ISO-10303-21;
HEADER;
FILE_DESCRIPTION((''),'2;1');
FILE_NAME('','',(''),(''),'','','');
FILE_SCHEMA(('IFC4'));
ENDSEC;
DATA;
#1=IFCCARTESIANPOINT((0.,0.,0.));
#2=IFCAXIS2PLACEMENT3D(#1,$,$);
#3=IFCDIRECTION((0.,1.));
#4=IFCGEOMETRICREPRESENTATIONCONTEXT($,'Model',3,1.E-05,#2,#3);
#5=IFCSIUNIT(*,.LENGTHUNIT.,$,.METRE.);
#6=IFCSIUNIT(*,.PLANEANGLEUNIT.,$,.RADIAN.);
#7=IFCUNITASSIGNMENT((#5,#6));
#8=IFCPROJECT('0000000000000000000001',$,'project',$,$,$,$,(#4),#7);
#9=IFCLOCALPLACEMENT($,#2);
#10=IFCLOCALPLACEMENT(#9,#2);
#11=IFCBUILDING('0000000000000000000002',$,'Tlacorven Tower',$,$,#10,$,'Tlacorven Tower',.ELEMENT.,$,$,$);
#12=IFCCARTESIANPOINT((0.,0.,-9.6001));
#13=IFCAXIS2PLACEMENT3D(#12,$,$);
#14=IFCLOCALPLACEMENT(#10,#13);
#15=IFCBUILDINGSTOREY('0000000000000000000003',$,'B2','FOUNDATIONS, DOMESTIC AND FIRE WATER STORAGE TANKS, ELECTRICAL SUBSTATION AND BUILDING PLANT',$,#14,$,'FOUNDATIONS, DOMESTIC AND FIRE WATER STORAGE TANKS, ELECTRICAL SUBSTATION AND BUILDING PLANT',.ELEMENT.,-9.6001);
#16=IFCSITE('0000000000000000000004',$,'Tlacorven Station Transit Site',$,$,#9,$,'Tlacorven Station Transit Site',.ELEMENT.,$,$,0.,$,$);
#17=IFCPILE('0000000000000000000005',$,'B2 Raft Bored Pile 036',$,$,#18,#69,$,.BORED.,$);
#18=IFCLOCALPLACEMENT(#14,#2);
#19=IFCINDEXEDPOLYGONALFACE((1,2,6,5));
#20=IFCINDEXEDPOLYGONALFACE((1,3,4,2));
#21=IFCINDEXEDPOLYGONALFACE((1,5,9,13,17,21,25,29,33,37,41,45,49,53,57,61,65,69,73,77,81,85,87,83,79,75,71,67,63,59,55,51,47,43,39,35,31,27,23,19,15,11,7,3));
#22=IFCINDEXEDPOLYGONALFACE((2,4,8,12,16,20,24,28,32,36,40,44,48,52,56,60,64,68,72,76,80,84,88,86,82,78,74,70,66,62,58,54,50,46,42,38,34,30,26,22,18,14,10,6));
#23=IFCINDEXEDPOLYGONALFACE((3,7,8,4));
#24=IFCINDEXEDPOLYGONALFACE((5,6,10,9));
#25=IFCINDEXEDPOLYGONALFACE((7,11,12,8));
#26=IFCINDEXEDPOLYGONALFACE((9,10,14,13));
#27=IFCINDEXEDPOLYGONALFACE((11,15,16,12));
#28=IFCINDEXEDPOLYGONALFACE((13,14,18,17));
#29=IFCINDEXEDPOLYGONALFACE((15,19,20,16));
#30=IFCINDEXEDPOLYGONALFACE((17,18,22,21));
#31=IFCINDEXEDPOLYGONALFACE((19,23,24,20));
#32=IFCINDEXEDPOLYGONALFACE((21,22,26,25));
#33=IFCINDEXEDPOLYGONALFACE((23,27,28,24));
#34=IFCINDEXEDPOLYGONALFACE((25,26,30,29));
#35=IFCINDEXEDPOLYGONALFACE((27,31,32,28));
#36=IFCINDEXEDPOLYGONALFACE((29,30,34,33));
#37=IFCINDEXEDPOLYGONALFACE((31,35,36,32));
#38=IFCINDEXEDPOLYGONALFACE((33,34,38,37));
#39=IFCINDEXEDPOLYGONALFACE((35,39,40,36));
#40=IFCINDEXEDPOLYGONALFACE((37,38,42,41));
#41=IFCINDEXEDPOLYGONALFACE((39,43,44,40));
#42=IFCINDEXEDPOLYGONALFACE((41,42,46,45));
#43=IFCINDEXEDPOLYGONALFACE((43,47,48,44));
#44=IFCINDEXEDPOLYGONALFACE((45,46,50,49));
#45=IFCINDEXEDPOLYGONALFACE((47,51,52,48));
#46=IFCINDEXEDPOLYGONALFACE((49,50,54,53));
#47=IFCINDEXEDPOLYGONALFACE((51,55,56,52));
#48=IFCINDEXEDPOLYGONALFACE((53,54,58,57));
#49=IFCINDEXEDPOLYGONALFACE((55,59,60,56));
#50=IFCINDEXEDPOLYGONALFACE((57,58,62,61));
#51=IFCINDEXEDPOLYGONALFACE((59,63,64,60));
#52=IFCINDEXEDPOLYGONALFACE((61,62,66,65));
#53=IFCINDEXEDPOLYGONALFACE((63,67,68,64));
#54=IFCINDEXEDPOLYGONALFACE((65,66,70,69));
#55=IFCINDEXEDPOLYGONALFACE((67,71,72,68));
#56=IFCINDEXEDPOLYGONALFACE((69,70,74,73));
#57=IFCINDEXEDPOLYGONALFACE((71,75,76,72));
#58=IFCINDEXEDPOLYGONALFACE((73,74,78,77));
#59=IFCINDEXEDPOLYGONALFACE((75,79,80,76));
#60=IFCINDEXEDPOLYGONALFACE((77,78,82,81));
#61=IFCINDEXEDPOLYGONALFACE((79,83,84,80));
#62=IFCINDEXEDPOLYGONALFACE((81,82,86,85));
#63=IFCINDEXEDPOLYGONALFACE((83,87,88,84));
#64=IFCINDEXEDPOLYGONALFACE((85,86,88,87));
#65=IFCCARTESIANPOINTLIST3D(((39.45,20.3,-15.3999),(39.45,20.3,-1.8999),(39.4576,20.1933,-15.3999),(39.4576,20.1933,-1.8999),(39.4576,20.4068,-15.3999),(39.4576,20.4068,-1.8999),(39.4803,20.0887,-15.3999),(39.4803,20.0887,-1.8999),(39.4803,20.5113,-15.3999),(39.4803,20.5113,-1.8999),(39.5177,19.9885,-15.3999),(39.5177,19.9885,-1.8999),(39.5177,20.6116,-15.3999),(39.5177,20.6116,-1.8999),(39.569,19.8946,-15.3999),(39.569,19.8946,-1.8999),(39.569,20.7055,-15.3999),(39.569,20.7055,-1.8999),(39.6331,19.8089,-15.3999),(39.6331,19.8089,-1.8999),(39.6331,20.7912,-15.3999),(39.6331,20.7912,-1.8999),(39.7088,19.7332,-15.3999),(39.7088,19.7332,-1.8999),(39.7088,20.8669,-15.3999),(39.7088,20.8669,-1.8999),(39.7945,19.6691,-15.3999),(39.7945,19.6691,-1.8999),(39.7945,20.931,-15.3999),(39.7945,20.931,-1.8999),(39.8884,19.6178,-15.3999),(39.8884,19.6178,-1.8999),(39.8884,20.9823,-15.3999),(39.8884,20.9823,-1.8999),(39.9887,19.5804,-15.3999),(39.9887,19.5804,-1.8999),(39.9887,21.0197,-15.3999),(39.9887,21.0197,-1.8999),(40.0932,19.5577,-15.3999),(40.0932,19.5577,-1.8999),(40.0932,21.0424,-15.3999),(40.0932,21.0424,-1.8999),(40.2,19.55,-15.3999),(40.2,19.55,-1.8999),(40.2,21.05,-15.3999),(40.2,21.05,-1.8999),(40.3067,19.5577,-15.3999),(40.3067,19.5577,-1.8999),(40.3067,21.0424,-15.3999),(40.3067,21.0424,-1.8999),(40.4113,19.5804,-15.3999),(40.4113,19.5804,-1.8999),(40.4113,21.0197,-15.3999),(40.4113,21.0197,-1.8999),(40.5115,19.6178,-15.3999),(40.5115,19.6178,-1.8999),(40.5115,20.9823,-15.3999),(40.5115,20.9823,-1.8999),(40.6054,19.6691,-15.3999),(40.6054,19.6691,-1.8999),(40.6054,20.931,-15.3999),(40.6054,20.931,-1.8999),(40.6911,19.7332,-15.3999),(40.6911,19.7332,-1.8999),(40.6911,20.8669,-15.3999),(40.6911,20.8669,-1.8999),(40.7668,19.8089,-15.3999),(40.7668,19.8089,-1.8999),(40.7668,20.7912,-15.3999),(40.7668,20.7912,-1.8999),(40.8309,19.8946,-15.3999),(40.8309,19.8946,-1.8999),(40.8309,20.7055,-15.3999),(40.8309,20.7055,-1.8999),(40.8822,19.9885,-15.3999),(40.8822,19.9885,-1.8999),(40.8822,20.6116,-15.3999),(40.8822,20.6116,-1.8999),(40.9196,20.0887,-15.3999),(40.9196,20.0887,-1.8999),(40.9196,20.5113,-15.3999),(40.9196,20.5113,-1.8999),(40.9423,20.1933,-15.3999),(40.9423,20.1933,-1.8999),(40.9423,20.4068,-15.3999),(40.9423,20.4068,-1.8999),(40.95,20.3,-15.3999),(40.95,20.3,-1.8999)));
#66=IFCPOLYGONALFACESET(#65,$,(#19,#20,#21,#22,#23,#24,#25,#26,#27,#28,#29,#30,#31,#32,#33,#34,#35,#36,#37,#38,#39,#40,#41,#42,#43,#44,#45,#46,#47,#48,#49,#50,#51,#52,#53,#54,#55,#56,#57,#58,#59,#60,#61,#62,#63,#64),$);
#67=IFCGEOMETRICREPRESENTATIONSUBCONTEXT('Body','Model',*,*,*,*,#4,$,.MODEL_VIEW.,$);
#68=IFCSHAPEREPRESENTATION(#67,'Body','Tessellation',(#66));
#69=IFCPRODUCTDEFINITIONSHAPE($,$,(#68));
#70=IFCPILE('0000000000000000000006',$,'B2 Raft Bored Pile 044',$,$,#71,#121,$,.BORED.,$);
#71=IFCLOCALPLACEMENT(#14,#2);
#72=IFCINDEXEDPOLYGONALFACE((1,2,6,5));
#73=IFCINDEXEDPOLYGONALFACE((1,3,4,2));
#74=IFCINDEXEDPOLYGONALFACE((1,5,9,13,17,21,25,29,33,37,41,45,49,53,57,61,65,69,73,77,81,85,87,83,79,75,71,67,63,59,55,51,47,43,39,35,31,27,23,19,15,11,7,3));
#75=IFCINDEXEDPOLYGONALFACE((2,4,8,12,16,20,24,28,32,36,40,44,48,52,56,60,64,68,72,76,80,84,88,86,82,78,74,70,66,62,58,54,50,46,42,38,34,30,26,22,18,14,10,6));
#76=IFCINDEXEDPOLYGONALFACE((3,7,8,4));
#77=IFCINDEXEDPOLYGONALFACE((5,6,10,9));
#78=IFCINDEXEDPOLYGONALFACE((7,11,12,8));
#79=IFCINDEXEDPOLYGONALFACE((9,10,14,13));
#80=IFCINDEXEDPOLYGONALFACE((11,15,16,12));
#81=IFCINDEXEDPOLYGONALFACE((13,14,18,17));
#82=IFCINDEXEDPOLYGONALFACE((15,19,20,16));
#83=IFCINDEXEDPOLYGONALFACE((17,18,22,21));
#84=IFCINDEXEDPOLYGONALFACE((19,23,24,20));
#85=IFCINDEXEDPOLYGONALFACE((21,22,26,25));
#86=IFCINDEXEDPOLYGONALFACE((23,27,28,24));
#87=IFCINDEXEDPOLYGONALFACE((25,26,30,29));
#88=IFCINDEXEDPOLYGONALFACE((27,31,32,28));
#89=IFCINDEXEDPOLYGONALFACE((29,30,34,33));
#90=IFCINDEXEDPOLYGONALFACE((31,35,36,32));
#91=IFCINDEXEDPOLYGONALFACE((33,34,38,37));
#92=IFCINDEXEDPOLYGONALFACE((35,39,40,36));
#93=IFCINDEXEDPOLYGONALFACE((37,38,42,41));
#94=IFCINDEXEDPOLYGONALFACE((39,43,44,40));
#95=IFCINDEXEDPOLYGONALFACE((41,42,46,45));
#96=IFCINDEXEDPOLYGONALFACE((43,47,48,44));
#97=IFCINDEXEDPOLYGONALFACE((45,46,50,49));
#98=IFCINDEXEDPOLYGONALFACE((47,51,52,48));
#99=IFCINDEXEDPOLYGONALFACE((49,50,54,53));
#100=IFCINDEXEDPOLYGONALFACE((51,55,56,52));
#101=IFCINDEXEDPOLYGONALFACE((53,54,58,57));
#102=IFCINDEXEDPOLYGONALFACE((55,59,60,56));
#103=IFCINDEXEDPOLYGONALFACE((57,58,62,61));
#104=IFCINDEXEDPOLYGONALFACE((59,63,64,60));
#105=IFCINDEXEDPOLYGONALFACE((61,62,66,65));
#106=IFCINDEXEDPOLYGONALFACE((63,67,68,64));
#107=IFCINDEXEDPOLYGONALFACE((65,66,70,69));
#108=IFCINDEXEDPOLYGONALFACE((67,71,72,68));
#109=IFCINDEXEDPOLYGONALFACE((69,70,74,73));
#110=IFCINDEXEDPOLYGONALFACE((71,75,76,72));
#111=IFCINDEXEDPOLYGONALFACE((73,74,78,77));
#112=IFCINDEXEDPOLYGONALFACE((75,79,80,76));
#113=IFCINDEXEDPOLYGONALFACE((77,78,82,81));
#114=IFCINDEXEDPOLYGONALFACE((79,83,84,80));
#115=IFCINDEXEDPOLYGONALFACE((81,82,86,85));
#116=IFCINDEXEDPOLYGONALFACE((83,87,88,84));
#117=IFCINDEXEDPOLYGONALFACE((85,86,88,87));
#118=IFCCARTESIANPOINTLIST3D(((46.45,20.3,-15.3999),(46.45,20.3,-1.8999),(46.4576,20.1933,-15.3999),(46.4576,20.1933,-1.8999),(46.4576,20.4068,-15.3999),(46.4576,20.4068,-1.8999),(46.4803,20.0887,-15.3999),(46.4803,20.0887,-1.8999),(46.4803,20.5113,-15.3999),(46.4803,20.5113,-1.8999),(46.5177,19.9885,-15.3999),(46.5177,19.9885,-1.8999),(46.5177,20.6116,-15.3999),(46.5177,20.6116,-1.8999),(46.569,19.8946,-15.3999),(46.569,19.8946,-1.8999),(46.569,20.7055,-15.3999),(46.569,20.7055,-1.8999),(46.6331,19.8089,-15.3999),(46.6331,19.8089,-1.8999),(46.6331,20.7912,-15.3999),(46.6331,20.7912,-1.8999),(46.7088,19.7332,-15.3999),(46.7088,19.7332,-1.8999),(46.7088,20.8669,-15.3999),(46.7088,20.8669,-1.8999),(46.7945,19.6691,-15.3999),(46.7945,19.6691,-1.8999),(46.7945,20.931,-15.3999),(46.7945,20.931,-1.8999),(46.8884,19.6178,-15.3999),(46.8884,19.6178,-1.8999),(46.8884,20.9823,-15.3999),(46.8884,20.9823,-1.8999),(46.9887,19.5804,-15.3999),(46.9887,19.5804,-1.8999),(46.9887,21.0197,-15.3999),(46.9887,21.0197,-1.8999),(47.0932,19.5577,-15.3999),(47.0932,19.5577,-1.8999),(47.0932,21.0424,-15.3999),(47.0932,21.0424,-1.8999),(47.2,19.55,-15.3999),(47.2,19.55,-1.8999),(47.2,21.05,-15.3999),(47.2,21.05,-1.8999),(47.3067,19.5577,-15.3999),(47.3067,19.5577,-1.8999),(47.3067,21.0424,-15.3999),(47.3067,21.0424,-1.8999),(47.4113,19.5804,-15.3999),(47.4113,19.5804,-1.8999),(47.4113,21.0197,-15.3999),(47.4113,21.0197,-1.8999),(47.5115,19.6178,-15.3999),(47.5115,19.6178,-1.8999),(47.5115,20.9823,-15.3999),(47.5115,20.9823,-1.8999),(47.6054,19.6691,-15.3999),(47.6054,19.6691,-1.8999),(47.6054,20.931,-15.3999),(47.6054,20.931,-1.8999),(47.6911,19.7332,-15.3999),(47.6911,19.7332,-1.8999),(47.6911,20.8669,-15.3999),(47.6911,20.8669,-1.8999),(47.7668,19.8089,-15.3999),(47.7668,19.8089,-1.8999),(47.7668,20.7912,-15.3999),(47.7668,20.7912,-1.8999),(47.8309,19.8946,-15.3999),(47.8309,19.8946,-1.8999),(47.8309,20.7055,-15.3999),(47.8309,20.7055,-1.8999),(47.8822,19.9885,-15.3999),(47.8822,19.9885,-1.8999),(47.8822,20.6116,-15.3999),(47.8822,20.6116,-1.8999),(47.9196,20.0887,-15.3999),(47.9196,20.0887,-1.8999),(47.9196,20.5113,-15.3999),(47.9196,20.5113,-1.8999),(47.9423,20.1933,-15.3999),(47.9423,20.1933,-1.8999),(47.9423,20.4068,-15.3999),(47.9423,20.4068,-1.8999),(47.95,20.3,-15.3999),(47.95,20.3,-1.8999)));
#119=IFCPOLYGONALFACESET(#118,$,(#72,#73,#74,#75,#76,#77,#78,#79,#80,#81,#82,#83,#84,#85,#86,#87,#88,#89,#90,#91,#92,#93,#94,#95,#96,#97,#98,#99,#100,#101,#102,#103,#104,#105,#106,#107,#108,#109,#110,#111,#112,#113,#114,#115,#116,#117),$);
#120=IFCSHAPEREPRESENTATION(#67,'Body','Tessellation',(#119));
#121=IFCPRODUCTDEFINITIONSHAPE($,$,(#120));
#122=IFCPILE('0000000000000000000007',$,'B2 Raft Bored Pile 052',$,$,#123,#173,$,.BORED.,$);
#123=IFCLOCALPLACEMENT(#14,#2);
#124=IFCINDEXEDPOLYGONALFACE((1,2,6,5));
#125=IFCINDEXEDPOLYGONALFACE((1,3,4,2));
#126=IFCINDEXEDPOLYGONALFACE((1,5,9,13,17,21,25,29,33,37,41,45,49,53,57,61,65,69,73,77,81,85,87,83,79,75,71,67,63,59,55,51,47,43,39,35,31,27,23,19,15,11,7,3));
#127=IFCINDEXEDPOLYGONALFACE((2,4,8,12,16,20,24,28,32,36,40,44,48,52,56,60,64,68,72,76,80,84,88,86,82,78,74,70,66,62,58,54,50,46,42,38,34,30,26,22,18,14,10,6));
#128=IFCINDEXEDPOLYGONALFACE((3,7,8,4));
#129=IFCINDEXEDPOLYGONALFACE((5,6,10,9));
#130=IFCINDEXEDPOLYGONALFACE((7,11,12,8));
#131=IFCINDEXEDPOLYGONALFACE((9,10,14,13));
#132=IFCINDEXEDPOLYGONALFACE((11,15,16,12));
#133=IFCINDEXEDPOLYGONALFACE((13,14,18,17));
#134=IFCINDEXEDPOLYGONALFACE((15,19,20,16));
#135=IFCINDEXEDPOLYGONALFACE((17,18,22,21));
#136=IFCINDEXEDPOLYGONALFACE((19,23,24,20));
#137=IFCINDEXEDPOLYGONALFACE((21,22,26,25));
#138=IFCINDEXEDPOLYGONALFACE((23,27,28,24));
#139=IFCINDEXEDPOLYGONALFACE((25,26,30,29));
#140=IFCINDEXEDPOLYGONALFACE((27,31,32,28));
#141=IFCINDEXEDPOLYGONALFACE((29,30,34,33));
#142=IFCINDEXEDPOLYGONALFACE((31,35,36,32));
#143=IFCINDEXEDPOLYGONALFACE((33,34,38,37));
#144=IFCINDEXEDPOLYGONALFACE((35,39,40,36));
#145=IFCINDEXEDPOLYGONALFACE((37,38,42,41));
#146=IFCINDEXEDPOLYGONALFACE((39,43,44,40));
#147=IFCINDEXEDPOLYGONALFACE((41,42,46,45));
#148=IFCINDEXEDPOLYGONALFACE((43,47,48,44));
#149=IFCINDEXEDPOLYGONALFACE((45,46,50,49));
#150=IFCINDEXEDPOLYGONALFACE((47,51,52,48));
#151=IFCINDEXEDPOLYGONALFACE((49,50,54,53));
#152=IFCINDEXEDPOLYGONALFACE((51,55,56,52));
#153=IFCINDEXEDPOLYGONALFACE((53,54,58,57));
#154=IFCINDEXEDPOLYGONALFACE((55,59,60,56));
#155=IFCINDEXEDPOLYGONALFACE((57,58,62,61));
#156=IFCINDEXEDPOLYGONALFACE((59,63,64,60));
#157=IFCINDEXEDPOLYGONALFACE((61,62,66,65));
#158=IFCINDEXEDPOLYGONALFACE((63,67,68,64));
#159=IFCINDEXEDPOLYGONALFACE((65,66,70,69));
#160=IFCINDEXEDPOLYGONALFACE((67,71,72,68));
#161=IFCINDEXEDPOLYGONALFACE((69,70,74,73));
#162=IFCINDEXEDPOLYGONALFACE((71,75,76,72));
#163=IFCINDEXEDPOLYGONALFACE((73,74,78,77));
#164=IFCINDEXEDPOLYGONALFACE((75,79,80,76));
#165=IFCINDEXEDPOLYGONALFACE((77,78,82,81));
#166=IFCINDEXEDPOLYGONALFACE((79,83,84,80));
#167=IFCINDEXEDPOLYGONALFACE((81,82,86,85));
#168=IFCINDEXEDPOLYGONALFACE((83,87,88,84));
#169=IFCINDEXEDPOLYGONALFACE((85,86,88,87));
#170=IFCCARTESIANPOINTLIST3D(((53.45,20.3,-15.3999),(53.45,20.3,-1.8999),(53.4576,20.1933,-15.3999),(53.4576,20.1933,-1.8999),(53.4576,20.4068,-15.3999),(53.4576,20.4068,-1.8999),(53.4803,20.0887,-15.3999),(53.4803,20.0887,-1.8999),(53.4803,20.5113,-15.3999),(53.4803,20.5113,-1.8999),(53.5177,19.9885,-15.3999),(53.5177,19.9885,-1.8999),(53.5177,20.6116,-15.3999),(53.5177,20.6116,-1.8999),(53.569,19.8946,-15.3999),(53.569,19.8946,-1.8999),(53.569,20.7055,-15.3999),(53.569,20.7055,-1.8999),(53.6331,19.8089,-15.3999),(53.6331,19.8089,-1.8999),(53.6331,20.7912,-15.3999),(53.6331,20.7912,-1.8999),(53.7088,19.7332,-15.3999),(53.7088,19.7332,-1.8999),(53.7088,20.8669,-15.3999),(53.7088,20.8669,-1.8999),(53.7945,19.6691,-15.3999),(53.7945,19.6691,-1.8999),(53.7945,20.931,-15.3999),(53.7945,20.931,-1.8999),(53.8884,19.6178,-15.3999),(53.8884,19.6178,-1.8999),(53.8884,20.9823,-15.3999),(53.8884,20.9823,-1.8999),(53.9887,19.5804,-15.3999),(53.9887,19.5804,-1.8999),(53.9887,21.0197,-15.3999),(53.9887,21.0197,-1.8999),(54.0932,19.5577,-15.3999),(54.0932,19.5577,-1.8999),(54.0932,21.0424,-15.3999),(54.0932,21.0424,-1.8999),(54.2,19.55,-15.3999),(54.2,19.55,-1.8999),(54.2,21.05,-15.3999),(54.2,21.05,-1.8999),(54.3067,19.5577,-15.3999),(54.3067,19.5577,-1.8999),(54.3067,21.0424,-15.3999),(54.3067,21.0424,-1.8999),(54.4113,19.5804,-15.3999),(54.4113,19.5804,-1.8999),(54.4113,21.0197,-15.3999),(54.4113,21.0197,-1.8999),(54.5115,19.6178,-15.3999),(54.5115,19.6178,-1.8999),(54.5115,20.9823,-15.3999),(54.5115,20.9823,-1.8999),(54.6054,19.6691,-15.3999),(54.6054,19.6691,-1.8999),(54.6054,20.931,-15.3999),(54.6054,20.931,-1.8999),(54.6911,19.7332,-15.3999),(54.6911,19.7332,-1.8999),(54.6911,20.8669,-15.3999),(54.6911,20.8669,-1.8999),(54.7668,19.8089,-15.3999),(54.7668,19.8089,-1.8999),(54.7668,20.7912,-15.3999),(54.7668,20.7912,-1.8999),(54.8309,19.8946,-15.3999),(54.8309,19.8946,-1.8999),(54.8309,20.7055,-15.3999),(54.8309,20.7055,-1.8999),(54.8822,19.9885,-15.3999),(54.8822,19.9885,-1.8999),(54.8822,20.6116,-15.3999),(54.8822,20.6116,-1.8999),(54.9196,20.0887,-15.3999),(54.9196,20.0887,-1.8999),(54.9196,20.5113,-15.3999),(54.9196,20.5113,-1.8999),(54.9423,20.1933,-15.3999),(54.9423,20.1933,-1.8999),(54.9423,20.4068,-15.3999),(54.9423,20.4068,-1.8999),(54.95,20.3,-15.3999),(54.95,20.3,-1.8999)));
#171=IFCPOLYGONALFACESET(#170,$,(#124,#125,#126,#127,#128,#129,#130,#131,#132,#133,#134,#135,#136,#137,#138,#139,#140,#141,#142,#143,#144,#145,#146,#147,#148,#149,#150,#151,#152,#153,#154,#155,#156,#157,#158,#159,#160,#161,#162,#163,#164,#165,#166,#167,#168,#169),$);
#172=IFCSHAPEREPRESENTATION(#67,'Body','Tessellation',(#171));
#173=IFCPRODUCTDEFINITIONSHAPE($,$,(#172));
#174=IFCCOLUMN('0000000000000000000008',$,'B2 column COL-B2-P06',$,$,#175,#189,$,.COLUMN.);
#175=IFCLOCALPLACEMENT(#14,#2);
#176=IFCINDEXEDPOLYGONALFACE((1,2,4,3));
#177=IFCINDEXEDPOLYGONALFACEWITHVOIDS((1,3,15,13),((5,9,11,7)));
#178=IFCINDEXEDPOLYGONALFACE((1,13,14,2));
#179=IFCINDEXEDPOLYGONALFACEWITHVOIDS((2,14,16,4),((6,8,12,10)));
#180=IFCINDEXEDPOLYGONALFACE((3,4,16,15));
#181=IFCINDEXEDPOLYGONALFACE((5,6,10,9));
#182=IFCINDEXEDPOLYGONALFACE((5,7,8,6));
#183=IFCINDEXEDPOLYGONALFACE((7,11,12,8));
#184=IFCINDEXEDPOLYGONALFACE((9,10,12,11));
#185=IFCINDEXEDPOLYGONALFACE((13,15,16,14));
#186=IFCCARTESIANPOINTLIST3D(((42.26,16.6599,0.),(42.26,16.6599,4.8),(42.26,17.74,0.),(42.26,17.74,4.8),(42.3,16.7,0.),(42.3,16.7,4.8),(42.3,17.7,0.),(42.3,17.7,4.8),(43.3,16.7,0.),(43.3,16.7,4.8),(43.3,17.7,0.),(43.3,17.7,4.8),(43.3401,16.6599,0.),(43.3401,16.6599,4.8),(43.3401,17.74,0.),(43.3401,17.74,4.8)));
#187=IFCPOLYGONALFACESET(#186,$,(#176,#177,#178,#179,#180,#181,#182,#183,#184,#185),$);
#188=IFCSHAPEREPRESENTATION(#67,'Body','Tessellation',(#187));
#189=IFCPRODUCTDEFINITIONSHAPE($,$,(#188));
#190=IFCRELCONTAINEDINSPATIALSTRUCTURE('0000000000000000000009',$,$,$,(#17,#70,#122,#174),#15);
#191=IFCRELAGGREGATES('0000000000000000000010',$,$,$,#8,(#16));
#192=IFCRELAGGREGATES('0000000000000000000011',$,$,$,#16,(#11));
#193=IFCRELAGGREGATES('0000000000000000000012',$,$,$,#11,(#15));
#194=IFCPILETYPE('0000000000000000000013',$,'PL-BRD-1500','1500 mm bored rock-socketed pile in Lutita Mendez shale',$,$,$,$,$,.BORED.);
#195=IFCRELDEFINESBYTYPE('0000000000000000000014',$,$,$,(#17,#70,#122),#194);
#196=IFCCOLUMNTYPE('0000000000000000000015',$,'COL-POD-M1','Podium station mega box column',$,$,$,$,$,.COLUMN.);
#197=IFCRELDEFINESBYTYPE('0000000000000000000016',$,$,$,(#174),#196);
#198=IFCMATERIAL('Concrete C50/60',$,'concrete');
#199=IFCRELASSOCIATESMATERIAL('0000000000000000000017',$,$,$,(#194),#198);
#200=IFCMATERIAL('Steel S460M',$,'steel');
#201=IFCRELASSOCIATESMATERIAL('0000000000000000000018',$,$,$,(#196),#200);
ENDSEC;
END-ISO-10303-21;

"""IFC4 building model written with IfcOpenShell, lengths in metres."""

from ifc_helpers import new_model, si_unit, direction, frame, origin, origin_2d, place, context, subcontext, project, spatial, hollow_rectangle, circle, extrude, source, transform, mapped, material, material_profile, profile_set, type_object, element, save


model = new_model("IFC4")

# Units and contexts
model_context = context("Model", 3, precision=1e-05, world=origin(), true_north=direction((0.0, 1.0)))
body_context = subcontext(model_context, "Body", "Model", "MODEL_VIEW")
ifc_project = project(units=[si_unit("LENGTHUNIT", "METRE"), si_unit("PLANEANGLEUNIT", "RADIAN")], contexts=[model_context])

# Site, building, storey
site_placement = place(None, origin())
site = spatial("IfcSite", under=ifc_project, at=site_placement, Name="Tlacorven Station Transit Site", LongName="Tlacorven Station Transit Site", CompositionType="ELEMENT", RefElevation=0.0)
building_placement = place(site_placement, origin())
building = spatial("IfcBuilding", under=site, at=building_placement, Name="Tlacorven Tower", LongName="Tlacorven Tower", CompositionType="ELEMENT")
storey_placement = place(building_placement, frame((0.0, 0.0, -9.6001)))
storey = spatial("IfcBuildingStorey", under=building, at=storey_placement, Name="B2", Description="FOUNDATIONS, DOMESTIC AND FIRE WATER STORAGE TANKS, ELECTRICAL SUBSTATION AND BUILDING PLANT", LongName="FOUNDATIONS, DOMESTIC AND FIRE WATER STORAGE TANKS, ELECTRICAL SUBSTATION AND BUILDING PLANT", CompositionType="ELEMENT", Elevation=-9.6001)

# Piles
ifc_material_1 = material(Name="Concrete C50/60", Category="concrete")
ifc_material_profile_1 = material_profile(ifc_material_1, circle(Radius=0.75, at=origin_2d()), Name="BORED PILE D1500")
ifc_profile_set_1 = profile_set([ifc_material_profile_1], Name="Concrete C50/60")
pile_type = type_object("IfcPileType", Name="PL-BRD-1500", Description="1500 mm bored rock-socketed pile in Lutita Mendez shale", PredefinedType="BORED", material=ifc_profile_set_1)
shared_shape_1 = source(origin(), body_context, "Body", "SweptSolid", [
    extrude(circle(Radius=0.75, at=origin_2d()), origin(), (0.0, 0.0, 1.0), 13.5),
])
for number, where, z_axis, x_axis, name in (
    (1, (40.2, 20.3, -1.8999), (0.0, 0.0, -1.0), (1.0, 0.0, 0.0), "B2 Raft Bored Pile 036"),
    (2, (47.2, 20.3, -1.8999), (0.0, 0.0, -1.0), (1.0, 0.0, 0.0), "B2 Raft Bored Pile 044"),
    (3, (54.2, 20.3, -1.8999), (0.0, 0.0, -1.0), (1.0, 0.0, 0.0), "B2 Raft Bored Pile 052"),
):
    element("IfcPile", number, at=place(storey_placement, frame(where, z_axis=z_axis, x_axis=x_axis)), inside=storey, type_object=pile_type, Name=name, PredefinedType="BORED", context=body_context, shape_type="MappedRepresentation", body=[
        mapped(shared_shape_1, transform((0.0, 0.0, 0.0), scale=1.0)),
    ])

# Column
ifc_material_2 = material(Name="Steel S460M", Category="steel")
ifc_material_profile_2 = material_profile(ifc_material_2, hollow_rectangle(XDim=1.0801, YDim=1.0801, WallThickness=0.04, at=origin_2d()), Name="BOX 1080X1080X40")
ifc_profile_set_2 = profile_set([ifc_material_profile_2], Name="Steel S460M")
column_type = type_object("IfcColumnType", Name="COL-POD-M1", Description="Podium station mega box column", PredefinedType="COLUMN", material=ifc_profile_set_2)
shared_shape_2 = source(origin(), body_context, "Body", "SweptSolid", [
    extrude(hollow_rectangle(XDim=1.0801, YDim=1.0801, WallThickness=0.04, at=origin_2d()), origin(), (0.0, 0.0, 1.0), 4.8),
])
column_placement = place(storey_placement, frame((42.8, 17.2, 0.0), z_axis=(0.0, 0.0, 1.0), x_axis=(1.0, 0.0, 0.0)))
element("IfcColumn", 4, at=column_placement, inside=storey, type_object=column_type, Name="B2 column COL-B2-P06", PredefinedType="COLUMN", context=body_context, shape_type="MappedRepresentation", body=[
    mapped(shared_shape_2, transform((0.0, 0.0, 0.0), scale=1.0)),
])

save(model, "model.ifc")
